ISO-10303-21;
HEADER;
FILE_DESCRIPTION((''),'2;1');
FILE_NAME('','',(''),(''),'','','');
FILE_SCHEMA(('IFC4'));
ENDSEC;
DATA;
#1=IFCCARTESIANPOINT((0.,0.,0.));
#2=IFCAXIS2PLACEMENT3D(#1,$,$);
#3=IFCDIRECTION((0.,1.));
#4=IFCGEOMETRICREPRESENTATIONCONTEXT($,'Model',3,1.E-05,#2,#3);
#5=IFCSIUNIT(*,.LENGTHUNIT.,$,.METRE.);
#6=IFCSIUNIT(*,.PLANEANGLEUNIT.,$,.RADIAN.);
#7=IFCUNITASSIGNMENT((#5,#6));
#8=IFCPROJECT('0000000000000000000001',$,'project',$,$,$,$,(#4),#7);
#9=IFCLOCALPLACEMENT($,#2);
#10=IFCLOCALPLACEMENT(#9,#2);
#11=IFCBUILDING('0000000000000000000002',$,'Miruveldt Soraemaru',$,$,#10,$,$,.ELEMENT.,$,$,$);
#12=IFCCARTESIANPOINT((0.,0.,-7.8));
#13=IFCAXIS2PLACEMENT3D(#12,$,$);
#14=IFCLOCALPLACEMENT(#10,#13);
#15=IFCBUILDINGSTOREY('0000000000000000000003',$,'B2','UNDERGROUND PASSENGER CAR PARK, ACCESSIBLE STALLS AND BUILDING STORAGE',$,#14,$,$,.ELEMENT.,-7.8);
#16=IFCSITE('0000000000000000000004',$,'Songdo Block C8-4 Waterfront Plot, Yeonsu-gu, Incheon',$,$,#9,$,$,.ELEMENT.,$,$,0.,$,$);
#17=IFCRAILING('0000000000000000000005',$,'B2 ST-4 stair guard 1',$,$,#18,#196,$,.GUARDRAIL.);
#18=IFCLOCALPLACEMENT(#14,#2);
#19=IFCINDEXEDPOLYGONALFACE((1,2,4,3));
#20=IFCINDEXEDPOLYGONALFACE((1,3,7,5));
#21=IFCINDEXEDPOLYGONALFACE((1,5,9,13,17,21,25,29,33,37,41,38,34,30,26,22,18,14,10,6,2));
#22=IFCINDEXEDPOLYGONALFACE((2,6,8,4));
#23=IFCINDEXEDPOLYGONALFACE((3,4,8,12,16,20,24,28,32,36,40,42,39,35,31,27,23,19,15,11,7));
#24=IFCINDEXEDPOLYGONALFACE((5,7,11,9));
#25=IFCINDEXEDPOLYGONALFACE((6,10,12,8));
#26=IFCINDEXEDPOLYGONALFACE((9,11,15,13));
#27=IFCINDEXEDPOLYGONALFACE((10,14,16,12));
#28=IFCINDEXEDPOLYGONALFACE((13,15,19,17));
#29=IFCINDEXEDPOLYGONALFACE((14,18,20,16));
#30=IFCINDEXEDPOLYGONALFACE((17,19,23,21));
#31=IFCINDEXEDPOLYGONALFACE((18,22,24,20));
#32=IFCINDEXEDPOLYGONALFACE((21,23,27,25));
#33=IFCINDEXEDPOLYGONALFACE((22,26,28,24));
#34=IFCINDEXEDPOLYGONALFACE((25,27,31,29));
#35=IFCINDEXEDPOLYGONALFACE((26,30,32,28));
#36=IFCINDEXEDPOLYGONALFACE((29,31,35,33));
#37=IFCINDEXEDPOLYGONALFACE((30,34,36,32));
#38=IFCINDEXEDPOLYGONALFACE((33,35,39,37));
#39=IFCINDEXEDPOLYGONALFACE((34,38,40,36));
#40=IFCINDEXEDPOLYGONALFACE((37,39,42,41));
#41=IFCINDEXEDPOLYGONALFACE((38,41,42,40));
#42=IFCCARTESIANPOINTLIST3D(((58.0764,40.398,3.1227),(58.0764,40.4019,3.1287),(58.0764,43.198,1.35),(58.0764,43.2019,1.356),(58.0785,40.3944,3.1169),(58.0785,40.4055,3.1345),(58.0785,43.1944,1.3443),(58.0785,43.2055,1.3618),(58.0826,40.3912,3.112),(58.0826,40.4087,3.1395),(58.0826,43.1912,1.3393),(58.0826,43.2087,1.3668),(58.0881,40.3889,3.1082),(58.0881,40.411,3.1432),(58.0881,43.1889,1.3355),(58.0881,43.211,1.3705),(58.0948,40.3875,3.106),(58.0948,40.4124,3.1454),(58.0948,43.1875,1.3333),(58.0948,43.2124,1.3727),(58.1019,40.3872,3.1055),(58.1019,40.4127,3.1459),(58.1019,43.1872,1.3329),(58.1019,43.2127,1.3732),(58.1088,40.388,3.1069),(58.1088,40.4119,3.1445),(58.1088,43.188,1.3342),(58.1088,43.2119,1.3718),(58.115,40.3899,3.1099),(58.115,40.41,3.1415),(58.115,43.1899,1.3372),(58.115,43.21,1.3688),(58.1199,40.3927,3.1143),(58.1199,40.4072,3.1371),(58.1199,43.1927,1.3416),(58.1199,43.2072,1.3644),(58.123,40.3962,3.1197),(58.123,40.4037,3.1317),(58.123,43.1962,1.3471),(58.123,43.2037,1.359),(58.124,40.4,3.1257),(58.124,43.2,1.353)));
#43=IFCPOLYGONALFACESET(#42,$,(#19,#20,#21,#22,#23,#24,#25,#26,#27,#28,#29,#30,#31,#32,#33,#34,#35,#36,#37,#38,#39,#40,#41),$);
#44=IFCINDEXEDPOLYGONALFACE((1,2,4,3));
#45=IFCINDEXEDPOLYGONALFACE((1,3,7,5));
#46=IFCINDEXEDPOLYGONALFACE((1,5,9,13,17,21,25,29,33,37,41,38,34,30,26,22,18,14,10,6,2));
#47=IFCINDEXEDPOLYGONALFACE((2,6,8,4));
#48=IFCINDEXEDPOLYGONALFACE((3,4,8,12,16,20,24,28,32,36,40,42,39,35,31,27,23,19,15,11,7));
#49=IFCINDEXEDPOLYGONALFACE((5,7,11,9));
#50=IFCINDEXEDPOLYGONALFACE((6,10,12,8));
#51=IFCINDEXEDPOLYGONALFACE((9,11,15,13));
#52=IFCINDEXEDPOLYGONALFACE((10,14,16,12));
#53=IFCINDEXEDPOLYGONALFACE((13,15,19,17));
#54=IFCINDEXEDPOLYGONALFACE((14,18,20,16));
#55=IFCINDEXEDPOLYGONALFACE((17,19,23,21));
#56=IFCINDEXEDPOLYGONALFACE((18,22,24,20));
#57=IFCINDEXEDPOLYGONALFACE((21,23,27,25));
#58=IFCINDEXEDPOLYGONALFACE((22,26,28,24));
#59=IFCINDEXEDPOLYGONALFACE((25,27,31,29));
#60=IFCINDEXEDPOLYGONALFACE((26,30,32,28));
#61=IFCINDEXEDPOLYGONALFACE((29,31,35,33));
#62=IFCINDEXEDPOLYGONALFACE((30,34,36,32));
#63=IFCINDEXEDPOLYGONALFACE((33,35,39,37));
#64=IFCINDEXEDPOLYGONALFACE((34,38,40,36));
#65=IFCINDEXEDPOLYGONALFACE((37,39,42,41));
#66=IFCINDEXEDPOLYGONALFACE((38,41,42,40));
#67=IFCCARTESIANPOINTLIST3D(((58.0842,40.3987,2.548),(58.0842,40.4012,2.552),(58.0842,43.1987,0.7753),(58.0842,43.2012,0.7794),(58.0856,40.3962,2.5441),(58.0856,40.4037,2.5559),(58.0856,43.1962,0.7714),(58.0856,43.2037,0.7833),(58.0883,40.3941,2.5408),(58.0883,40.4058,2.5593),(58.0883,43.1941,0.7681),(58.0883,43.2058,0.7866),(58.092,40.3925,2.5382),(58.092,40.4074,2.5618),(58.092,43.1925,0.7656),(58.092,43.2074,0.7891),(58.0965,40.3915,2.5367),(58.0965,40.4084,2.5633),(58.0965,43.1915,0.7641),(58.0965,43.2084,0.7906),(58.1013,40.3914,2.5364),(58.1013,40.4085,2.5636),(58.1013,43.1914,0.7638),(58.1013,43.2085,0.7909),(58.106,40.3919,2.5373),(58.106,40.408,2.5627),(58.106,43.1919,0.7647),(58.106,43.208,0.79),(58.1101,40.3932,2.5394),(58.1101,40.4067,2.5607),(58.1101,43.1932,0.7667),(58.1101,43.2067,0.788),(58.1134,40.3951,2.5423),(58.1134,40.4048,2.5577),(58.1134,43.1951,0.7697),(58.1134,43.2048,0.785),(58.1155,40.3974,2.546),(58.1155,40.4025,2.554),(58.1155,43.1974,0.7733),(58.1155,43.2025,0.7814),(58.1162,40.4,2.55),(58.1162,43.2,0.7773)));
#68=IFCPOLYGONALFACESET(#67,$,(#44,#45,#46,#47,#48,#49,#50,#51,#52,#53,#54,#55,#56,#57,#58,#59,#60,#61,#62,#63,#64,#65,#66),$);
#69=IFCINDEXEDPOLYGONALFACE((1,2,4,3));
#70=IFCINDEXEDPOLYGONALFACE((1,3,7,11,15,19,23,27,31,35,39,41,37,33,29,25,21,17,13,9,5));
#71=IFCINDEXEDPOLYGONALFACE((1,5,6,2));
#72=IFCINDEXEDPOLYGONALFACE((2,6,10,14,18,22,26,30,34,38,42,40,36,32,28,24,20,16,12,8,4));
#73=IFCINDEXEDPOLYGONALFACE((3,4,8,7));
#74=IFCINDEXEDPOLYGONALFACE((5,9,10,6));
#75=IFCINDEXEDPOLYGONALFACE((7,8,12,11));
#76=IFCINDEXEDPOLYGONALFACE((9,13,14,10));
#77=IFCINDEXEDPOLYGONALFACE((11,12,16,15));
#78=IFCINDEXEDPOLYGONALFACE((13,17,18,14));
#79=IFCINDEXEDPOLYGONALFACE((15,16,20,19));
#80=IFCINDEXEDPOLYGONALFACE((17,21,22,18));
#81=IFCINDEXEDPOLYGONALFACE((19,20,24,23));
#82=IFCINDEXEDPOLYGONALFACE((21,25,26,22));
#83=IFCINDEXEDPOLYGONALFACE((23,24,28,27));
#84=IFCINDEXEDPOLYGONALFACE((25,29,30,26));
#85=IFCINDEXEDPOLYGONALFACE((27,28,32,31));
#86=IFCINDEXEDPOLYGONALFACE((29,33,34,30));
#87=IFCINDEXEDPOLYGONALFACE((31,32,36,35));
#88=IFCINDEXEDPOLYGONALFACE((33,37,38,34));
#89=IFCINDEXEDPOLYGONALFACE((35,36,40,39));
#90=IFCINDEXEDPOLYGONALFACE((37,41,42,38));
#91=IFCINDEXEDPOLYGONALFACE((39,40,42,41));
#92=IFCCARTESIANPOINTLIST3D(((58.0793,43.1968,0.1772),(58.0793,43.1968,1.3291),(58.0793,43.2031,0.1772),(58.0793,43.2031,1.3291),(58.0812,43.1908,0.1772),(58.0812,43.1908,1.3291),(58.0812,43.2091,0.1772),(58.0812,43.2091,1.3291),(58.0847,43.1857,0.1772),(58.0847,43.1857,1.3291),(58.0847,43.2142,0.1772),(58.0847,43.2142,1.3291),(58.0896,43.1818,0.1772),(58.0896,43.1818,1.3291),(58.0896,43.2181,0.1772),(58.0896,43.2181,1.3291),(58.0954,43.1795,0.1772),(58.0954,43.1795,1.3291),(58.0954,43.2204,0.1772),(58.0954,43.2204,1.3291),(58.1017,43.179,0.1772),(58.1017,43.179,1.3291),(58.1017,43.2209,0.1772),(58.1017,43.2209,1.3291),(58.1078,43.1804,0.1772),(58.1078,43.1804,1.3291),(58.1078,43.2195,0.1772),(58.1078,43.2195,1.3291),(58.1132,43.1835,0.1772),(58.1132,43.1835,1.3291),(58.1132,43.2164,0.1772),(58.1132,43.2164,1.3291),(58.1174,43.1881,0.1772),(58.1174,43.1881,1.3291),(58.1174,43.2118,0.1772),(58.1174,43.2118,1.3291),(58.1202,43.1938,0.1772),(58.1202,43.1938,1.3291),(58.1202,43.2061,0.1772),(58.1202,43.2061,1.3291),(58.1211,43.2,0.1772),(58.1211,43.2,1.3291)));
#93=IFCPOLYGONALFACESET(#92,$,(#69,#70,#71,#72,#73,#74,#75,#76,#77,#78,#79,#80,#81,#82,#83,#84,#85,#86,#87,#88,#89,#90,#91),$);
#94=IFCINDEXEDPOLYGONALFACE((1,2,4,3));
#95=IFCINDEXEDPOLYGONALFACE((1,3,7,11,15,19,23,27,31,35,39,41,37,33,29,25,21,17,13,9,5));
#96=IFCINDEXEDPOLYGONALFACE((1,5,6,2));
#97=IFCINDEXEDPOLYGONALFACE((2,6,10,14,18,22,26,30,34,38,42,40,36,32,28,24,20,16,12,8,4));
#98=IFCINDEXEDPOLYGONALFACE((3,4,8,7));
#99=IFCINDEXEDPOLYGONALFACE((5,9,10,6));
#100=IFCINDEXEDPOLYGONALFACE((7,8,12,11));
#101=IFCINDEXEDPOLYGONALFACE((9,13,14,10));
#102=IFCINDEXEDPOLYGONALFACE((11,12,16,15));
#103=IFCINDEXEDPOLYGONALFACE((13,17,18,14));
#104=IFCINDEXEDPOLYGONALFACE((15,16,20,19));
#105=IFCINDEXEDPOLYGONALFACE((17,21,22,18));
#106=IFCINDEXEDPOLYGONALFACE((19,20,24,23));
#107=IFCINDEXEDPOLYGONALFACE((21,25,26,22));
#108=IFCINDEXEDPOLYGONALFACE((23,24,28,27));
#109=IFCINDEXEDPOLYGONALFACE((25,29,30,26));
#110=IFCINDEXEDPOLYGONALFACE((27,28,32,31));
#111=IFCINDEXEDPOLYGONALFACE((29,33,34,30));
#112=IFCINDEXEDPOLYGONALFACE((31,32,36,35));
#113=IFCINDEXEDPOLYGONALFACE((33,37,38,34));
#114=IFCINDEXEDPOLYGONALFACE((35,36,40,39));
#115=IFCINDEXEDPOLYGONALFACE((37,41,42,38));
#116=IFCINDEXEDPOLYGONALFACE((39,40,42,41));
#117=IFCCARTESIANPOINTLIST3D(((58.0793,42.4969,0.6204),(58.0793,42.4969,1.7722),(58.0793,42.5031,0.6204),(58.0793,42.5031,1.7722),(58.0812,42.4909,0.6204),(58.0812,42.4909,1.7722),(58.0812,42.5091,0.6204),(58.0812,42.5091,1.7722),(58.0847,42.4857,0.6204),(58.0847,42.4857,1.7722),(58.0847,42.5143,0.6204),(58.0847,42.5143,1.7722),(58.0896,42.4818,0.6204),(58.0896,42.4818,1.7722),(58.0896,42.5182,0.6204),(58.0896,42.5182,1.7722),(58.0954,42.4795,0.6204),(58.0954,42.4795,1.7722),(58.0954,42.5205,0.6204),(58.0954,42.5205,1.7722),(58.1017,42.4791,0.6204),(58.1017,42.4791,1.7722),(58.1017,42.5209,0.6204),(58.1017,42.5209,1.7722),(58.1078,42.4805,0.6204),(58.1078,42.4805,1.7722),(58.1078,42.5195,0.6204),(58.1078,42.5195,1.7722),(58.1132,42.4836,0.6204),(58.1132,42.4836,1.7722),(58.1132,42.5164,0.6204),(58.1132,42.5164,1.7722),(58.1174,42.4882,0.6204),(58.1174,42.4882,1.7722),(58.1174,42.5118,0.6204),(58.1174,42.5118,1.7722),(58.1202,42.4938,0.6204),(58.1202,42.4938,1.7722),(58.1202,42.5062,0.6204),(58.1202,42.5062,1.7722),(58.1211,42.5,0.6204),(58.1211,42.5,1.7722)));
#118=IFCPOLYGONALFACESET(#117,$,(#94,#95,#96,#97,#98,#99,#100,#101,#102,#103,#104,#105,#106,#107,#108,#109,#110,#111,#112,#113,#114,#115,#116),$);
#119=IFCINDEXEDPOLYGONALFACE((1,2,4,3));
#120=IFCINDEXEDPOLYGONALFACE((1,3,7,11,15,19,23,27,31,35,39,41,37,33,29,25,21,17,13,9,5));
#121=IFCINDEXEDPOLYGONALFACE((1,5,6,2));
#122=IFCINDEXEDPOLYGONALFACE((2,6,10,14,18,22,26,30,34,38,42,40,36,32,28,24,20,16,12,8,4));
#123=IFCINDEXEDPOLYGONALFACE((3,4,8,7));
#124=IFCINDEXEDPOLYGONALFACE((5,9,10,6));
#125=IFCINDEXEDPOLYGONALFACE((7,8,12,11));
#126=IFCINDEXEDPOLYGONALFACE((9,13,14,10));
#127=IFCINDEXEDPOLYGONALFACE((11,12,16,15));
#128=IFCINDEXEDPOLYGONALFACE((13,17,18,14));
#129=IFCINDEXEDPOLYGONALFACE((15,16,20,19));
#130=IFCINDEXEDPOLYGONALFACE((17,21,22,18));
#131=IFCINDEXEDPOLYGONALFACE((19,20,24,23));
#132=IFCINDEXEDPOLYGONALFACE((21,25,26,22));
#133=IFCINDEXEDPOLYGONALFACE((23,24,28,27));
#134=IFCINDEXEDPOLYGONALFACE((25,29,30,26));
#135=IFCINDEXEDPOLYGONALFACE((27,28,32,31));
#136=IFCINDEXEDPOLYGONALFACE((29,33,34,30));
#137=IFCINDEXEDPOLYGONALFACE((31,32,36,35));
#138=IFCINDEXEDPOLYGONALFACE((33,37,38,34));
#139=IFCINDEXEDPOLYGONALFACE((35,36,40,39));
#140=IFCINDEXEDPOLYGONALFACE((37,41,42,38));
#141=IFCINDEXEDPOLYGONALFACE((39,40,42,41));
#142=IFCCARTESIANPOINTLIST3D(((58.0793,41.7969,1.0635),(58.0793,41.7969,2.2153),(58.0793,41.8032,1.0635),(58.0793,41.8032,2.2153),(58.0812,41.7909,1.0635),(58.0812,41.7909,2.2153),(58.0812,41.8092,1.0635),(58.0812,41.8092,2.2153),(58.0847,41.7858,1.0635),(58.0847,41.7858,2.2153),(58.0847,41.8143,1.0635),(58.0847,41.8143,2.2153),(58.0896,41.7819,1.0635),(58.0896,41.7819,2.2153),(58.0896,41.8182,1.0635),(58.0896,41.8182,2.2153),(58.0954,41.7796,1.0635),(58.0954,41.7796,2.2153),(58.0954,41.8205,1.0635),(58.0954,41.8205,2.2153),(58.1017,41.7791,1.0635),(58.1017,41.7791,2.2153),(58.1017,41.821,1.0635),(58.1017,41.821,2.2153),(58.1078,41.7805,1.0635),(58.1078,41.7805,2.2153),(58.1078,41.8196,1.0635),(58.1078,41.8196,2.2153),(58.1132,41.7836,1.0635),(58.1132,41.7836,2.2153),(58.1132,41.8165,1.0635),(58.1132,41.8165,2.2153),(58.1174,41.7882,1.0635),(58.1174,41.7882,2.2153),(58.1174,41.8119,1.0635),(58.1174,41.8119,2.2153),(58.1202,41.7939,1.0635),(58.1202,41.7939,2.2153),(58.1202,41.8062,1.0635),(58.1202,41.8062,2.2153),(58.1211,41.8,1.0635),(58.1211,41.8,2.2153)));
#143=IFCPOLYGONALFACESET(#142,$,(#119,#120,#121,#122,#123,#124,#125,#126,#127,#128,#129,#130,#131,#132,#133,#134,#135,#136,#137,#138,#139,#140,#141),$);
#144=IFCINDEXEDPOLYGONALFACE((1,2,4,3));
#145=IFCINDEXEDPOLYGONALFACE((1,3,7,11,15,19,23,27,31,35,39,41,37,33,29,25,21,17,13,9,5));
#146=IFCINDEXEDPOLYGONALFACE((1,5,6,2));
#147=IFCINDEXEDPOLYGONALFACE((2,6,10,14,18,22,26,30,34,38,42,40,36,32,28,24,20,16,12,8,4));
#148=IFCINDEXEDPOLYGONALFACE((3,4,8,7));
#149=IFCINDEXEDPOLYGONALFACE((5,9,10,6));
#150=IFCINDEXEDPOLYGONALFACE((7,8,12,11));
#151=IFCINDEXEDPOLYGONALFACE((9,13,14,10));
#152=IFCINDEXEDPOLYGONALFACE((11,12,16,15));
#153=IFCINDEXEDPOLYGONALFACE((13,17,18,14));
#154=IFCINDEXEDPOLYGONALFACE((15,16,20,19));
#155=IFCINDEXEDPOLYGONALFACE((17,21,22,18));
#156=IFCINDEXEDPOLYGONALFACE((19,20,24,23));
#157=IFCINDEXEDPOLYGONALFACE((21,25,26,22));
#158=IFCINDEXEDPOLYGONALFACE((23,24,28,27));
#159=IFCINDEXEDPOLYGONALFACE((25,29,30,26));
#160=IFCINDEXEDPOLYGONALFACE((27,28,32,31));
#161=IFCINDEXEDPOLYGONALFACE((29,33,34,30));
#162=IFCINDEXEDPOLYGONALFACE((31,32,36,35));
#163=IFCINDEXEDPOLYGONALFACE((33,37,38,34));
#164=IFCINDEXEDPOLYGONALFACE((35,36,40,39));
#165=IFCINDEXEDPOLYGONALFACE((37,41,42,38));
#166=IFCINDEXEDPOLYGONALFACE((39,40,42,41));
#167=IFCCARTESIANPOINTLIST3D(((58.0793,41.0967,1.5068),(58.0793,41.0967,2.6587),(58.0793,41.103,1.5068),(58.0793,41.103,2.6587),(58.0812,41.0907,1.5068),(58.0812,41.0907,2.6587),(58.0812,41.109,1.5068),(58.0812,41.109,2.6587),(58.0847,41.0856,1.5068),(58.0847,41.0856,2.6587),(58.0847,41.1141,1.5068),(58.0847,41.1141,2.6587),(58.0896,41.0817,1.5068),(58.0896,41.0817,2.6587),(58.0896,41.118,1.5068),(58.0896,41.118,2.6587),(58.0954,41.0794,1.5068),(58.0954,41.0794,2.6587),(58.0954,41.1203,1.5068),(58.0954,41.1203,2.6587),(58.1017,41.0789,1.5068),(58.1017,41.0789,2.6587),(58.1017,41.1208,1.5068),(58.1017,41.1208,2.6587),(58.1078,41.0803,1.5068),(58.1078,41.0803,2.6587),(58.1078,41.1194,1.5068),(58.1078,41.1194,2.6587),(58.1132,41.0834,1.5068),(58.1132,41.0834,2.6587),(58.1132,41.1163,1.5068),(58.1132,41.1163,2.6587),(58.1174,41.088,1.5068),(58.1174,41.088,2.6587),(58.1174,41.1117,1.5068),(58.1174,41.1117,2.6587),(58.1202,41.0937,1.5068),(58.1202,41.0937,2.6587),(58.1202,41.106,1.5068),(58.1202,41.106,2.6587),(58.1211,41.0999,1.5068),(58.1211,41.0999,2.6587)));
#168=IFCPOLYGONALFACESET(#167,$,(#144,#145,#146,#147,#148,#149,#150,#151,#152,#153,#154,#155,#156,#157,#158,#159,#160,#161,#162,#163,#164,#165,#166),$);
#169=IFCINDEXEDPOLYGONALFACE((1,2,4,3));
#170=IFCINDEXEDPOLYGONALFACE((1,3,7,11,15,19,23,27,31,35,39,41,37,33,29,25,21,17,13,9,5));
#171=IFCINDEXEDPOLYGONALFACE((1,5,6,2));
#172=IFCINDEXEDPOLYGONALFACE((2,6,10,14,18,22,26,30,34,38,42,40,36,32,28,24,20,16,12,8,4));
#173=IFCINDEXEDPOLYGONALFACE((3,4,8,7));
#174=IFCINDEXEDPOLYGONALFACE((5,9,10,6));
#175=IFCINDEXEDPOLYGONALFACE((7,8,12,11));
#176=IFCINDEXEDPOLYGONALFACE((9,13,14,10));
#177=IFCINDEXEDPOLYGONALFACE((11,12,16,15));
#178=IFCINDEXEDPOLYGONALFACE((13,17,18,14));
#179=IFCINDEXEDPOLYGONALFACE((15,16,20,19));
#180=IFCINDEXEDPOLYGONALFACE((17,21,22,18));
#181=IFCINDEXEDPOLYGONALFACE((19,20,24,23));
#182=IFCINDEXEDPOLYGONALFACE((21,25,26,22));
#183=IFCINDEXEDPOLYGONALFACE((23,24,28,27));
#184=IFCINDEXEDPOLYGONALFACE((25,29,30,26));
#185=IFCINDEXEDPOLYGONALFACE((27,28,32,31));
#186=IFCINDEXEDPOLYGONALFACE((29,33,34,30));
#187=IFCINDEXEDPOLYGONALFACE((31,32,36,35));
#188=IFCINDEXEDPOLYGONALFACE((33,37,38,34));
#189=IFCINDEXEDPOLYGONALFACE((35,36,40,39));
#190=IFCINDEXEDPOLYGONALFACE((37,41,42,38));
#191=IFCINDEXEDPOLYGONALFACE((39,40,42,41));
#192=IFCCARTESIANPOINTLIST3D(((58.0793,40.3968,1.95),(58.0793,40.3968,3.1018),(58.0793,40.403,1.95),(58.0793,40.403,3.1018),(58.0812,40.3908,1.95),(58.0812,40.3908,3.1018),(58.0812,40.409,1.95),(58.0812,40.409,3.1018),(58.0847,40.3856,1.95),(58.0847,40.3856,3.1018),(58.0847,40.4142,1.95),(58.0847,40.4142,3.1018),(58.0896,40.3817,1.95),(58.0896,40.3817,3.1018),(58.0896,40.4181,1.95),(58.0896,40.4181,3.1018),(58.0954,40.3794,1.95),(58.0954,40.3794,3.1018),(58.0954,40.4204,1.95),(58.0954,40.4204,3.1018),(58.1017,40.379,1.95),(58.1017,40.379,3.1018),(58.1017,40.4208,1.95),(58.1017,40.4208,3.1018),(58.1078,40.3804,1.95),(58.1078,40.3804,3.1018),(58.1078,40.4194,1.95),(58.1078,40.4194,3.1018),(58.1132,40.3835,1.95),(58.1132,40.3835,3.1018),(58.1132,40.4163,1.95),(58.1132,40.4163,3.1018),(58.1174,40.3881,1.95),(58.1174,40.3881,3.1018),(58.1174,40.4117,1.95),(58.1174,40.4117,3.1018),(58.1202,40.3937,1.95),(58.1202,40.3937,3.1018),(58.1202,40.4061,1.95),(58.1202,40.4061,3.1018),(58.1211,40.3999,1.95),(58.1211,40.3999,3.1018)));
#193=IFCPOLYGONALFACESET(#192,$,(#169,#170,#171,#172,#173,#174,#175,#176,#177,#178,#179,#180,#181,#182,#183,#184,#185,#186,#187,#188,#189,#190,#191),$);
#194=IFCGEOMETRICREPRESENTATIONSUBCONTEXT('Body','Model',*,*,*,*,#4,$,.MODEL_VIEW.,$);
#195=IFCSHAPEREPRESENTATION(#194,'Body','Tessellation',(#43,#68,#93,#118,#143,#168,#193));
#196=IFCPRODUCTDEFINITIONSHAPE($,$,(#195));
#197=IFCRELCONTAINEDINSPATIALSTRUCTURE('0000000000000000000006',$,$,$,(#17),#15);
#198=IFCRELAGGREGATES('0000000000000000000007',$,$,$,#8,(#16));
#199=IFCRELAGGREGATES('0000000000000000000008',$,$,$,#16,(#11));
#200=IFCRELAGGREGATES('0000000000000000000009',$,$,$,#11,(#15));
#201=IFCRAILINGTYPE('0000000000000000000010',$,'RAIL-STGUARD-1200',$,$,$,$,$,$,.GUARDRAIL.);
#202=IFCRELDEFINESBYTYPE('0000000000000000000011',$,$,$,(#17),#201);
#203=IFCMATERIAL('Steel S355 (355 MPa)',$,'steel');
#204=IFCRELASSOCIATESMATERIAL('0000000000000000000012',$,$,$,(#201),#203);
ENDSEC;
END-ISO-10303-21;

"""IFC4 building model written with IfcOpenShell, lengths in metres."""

from ifc_helpers import new_model, si_unit, direction, frame, origin, origin_2d, place, context, subcontext, project, spatial, circle, extrude, material, type_object, element, save


model = new_model("IFC4")

# Units and contexts
model_context = context("Model", 3, precision=1e-05, world=origin(), true_north=direction((0.0, 1.0)))
body_context = subcontext(model_context, "Body", "Model", "MODEL_VIEW")
ifc_project = project(units=[si_unit("LENGTHUNIT", "METRE"), si_unit("PLANEANGLEUNIT", "RADIAN")], contexts=[model_context])

# Site, building, storey
site_placement = place(None, origin())
site = spatial("IfcSite", under=ifc_project, at=site_placement, Name="Songdo Block C8-4 Waterfront Plot, Yeonsu-gu, Incheon", CompositionType="ELEMENT", RefElevation=0.0)
building_placement = place(site_placement, origin())
building = spatial("IfcBuilding", under=site, at=building_placement, Name="Miruveldt Soraemaru", CompositionType="ELEMENT")
storey_placement = place(building_placement, frame((0.0, 0.0, -7.8)))
storey = spatial("IfcBuildingStorey", under=building, at=storey_placement, Name="B2", Description="UNDERGROUND PASSENGER CAR PARK, ACCESSIBLE STALLS AND BUILDING STORAGE", CompositionType="ELEMENT", Elevation=-7.8)

# Shared definitions
ifc_material_1 = material(Name="Steel S355 (355 MPa)", Category="steel")

# Railing
railing_type_1 = type_object("IfcRailingType", Name="RAIL-STGUARD-1200", PredefinedType="GUARDRAIL", material=ifc_material_1)
railing_1_placement = place(storey_placement, frame((58.1001, 43.2, 0.1772)))
element("IfcRailing", 1, at=railing_1_placement, inside=storey, type_object=railing_type_1, Name="B2 ST-4 stair guard 1", PredefinedType="GUARDRAIL", context=body_context, shape_type="SweptSolid", body=[
    extrude(circle(Radius=0.0239, at=origin_2d()), frame((0.0, 0.0, 1.1758), z_axis=(0.0, -0.844909, 0.53491), x_axis=(1.0, 0.0, 0.0)), (0.0, 0.0, 1.0), 3.314),
    extrude(circle(Radius=0.0161, at=origin_2d()), frame((0.0, 0.0, 0.6001), z_axis=(0.0, -0.844909, 0.53491), x_axis=(1.0, 0.0, 0.0)), (0.0, 0.0, 1.0), 3.314),
    extrude(circle(Radius=0.021, at=origin_2d()), origin(), (0.0, 0.0, 1.0), 1.1519),
    extrude(circle(Radius=0.021, at=origin_2d()), frame((0.0, -0.7, 0.4431)), (0.0, 0.0, 1.0), 1.1519),
    extrude(circle(Radius=0.021, at=origin_2d()), frame((0.0, -1.3999, 0.8862)), (0.0, 0.0, 1.0), 1.1519),
    extrude(circle(Radius=0.021, at=origin_2d()), frame((0.0, -2.1001, 1.3296)), (0.0, 0.0, 1.0), 1.1519),
    extrude(circle(Radius=0.021, at=origin_2d()), frame((0.0, -2.8, 1.7727)), (0.0, 0.0, 1.0), 1.1519),
])

save(model, "model.ifc")
